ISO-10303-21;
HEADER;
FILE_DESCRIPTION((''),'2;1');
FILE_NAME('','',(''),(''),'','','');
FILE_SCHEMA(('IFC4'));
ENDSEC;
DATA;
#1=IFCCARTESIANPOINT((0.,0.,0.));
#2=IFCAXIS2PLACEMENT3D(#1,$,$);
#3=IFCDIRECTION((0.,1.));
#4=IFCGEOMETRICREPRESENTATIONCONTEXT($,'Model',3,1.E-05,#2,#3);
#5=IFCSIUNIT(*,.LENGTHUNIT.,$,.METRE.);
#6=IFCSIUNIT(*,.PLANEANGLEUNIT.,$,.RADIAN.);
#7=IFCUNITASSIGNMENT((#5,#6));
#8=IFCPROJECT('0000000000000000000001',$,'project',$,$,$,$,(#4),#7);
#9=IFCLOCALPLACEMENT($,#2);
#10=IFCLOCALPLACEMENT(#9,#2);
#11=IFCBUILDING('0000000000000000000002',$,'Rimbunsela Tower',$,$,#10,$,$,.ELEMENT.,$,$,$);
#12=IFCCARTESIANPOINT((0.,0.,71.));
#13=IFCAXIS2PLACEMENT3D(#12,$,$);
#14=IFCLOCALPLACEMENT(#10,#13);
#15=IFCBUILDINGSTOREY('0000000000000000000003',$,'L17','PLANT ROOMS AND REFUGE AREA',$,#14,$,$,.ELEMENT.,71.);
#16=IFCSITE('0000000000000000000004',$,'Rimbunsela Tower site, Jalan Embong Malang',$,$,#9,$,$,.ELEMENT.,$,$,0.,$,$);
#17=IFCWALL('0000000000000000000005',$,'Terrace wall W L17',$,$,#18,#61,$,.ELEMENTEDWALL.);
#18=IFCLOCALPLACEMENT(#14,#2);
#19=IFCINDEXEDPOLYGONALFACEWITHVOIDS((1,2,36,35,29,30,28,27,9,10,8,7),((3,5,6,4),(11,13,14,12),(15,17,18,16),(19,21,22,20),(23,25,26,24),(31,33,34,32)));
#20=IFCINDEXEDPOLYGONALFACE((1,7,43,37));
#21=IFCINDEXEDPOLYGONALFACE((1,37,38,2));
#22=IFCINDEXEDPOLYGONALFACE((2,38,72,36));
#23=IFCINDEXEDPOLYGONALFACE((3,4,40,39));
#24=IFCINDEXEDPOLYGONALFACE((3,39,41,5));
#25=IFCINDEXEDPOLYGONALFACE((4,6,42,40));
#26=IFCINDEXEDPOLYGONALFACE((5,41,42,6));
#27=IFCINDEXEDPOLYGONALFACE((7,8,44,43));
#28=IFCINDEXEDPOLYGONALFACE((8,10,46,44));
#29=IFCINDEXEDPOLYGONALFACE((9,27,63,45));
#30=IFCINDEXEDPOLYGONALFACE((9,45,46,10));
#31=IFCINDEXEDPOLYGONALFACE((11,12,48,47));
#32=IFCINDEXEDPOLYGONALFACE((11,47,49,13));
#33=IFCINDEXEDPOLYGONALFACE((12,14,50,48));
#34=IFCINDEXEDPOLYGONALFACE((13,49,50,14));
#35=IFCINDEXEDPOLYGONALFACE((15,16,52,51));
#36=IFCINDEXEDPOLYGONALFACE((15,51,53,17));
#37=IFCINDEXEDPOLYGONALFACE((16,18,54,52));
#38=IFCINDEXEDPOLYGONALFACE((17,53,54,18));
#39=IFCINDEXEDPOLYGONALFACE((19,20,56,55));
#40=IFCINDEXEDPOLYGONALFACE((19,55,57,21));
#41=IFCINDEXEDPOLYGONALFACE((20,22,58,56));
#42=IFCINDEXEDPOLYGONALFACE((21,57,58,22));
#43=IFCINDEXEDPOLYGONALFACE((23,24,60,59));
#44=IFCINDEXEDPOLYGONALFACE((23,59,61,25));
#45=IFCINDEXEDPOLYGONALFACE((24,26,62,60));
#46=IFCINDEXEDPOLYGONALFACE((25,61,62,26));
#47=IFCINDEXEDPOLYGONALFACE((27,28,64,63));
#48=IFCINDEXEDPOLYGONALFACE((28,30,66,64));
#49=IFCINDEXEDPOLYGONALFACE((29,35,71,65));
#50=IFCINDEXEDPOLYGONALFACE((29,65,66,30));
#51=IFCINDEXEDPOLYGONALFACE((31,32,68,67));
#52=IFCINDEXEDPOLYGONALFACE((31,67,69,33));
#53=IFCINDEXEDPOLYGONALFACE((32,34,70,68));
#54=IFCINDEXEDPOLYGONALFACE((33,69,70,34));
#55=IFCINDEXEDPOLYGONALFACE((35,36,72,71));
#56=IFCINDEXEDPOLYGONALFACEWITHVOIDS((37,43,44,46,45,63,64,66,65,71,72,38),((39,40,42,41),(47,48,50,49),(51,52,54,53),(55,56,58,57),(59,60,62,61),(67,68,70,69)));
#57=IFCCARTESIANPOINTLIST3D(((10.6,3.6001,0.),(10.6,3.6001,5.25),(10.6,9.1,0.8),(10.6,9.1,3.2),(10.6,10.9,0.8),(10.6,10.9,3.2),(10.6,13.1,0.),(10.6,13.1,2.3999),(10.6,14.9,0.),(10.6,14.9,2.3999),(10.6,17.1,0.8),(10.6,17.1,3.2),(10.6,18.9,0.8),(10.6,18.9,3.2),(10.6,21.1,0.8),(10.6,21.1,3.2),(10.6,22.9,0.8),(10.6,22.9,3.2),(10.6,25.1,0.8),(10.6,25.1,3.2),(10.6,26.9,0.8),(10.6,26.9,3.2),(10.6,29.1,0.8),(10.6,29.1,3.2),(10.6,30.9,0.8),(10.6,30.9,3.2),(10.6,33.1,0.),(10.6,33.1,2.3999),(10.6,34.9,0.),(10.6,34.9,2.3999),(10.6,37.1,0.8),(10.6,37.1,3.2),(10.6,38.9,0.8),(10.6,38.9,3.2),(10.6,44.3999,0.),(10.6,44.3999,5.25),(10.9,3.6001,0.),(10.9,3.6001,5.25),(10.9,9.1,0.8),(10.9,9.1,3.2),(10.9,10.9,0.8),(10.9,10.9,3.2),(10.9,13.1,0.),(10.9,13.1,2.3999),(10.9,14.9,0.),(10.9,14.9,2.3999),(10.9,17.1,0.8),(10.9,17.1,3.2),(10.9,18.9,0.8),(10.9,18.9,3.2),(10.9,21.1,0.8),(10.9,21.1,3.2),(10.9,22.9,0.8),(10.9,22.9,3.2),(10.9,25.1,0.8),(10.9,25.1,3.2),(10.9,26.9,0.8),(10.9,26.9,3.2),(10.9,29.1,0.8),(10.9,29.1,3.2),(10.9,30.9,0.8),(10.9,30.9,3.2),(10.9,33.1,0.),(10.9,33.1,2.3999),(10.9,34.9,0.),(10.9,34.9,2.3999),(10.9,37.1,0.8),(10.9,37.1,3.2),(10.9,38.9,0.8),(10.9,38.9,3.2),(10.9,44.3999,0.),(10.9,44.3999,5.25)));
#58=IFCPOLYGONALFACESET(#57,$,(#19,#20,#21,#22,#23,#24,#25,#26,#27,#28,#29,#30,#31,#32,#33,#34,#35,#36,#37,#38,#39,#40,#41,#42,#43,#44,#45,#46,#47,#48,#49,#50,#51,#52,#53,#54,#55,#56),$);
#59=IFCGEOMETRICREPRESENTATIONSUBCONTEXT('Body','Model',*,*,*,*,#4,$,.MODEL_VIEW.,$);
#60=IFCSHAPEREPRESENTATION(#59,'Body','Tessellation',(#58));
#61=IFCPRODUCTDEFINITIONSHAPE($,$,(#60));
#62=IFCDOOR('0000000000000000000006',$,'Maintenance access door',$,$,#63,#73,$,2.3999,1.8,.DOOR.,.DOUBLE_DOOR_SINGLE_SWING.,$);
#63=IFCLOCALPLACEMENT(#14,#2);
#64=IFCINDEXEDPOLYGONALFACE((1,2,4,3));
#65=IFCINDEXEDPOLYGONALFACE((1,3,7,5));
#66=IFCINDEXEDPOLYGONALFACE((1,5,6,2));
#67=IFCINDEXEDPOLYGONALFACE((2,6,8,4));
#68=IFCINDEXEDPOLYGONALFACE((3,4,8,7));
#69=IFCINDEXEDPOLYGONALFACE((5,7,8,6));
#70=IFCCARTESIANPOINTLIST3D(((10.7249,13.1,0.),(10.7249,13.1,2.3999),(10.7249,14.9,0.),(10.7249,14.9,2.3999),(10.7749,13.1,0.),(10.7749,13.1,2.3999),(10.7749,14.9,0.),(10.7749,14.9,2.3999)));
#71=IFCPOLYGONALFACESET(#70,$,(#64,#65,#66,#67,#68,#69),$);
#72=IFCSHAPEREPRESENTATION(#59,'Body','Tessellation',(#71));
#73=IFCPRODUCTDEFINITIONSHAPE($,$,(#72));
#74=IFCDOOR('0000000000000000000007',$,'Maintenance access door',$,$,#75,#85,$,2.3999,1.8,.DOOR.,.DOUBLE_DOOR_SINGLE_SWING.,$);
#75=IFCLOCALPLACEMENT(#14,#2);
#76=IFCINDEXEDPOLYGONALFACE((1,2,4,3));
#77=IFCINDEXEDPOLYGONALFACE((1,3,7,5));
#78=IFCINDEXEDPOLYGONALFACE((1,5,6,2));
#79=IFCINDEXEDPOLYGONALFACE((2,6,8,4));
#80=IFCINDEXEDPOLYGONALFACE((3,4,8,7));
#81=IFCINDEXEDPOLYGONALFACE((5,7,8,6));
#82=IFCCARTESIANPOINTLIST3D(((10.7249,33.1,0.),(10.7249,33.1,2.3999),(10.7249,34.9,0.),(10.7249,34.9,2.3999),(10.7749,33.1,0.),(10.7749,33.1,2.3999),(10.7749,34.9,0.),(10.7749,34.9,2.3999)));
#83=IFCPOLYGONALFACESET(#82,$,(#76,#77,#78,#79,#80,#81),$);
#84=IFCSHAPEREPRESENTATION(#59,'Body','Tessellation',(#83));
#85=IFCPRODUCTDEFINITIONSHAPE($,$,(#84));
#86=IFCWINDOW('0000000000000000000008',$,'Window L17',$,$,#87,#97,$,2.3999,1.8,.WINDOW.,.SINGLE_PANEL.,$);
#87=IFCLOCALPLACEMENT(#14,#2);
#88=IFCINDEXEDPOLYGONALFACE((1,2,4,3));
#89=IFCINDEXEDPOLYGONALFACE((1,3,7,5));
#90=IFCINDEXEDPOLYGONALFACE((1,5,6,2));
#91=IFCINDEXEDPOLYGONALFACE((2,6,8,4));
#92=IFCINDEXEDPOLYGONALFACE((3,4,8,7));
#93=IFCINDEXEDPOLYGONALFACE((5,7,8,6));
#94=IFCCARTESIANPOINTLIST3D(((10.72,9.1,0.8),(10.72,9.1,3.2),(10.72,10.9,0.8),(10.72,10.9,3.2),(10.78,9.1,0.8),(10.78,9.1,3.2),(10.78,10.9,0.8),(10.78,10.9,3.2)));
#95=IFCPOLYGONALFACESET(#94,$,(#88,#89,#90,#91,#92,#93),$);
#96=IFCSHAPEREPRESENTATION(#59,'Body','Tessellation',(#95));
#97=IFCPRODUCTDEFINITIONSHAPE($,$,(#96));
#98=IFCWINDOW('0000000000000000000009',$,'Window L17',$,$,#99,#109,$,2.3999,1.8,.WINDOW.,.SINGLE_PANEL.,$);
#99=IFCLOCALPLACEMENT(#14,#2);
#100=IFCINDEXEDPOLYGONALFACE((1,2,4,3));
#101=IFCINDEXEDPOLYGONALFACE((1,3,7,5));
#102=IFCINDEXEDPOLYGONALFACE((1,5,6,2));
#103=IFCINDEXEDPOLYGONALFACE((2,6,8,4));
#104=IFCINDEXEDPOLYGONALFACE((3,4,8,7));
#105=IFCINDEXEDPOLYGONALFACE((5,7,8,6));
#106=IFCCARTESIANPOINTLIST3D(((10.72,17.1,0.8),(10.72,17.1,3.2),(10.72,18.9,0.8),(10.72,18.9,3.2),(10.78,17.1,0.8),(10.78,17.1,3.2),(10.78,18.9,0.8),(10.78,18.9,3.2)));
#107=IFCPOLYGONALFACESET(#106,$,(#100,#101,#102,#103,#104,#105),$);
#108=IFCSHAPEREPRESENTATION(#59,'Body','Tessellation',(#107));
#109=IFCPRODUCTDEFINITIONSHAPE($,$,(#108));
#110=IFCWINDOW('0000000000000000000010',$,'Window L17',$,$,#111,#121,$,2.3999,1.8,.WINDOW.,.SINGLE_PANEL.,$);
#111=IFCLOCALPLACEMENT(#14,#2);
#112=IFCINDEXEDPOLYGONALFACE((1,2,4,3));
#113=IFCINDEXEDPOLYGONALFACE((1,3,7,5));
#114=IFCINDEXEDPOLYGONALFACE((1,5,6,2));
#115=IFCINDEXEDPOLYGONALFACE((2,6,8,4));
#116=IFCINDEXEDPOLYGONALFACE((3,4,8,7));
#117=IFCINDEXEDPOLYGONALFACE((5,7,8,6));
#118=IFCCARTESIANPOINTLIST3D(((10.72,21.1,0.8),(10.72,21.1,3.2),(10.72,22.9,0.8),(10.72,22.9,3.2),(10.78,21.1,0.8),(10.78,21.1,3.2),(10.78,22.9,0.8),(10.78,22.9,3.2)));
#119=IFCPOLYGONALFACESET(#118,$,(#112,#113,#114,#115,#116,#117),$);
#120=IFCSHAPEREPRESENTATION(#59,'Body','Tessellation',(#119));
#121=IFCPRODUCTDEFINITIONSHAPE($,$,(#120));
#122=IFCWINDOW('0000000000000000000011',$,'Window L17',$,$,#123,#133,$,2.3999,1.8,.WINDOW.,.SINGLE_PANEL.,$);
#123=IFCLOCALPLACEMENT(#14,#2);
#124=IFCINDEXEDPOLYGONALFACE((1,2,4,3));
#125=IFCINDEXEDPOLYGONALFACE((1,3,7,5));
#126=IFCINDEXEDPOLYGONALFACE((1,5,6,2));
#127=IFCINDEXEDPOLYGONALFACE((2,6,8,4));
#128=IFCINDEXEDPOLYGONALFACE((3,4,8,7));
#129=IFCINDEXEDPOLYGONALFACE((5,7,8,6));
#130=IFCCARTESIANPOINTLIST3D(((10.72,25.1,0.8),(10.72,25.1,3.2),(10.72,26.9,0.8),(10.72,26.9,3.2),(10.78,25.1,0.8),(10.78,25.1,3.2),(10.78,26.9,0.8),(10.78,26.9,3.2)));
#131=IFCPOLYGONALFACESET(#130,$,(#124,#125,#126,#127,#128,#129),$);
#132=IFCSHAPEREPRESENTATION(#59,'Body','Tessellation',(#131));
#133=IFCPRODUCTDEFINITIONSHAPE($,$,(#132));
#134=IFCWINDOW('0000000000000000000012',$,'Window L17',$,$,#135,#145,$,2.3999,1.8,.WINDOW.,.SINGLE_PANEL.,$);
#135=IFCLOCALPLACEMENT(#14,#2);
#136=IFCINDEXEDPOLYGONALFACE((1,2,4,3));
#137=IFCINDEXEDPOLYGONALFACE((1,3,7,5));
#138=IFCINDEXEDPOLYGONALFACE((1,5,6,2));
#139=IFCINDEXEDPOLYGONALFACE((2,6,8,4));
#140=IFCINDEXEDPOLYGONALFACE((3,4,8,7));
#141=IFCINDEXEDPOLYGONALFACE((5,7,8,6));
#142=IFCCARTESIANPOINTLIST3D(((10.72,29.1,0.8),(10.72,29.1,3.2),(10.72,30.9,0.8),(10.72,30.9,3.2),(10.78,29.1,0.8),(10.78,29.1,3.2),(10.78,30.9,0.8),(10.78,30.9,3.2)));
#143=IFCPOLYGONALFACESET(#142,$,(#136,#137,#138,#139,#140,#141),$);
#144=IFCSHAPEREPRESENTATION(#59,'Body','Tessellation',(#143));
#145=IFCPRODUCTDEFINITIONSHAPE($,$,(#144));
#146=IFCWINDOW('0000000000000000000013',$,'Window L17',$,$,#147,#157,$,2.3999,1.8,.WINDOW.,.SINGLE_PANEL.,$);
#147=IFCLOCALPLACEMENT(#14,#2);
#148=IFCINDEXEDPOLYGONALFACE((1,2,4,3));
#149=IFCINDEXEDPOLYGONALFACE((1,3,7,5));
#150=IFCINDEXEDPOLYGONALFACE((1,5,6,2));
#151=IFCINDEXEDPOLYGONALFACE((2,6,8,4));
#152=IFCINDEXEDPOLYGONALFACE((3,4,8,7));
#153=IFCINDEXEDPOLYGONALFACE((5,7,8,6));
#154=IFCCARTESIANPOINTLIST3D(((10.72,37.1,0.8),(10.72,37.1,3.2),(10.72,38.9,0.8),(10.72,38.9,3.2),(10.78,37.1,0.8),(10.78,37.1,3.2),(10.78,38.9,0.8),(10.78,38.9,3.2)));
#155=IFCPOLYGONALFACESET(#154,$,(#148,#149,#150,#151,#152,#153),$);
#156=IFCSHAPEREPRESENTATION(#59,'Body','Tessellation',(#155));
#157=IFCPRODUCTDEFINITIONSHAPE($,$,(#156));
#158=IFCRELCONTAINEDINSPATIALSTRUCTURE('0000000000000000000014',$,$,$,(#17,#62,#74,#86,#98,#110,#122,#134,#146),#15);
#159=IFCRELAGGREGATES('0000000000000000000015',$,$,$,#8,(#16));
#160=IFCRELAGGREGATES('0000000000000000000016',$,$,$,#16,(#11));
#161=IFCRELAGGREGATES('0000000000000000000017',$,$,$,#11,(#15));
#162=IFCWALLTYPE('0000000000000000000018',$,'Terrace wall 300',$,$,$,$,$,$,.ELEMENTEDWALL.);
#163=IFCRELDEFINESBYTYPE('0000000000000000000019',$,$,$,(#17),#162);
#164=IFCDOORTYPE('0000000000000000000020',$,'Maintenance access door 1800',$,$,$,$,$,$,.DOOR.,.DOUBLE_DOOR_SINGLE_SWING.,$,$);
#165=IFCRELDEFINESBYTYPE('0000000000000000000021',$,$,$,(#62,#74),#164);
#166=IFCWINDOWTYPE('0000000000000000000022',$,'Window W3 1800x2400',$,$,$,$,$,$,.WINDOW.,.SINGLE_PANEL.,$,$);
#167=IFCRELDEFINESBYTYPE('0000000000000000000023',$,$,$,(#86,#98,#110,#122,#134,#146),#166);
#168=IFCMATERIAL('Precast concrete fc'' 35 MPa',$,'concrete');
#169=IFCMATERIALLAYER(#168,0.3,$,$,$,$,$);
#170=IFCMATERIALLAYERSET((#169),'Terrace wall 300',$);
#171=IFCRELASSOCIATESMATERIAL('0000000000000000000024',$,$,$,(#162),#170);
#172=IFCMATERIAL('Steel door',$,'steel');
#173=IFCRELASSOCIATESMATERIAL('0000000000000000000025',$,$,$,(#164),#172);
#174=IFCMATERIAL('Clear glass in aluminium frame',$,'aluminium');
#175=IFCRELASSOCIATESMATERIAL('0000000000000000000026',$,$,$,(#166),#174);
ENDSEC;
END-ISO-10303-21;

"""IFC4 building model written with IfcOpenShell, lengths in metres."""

from ifc_helpers import new_model, si_unit, direction, frame, frame_2d, origin, place, context, subcontext, project, spatial, rectangle, extrude, material, layer, layer_set, type_object, element, fill, save


model = new_model("IFC4")

# Units and contexts
model_context = context("Model", 3, precision=1e-05, world=origin(), true_north=direction((0.0, 1.0)))
body_context = subcontext(model_context, "Body", "Model", "MODEL_VIEW")
ifc_project = project(units=[si_unit("LENGTHUNIT", "METRE"), si_unit("PLANEANGLEUNIT", "RADIAN")], contexts=[model_context])

# Site, building, storey
site_placement = place(None, origin())
site = spatial("IfcSite", under=ifc_project, at=site_placement, Name="Rimbunsela Tower site, Jalan Embong Malang", CompositionType="ELEMENT", RefElevation=0.0)
building_placement = place(site_placement, origin())
building = spatial("IfcBuilding", under=site, at=building_placement, Name="Rimbunsela Tower", CompositionType="ELEMENT")
storey_placement = place(building_placement, frame((0.0, 0.0, 71.0)))
storey = spatial("IfcBuildingStorey", under=building, at=storey_placement, Name="L17", Description="PLANT ROOMS AND REFUGE AREA", CompositionType="ELEMENT", Elevation=71.0)

# Wall, openings, doors, windows
ifc_material_1 = material(Name="Precast concrete fc' 35 MPa", Category="concrete")
ifc_layer_1 = layer(ifc_material_1, 0.3)
ifc_layer_set_1 = layer_set([ifc_layer_1], Name="Terrace wall 300")
wall_type = type_object("IfcWallType", Name="Terrace wall 300", PredefinedType="ELEMENTEDWALL", material=ifc_layer_set_1)
wall_placement = place(storey_placement, frame((10.75, 44.3999, 0.0), z_axis=(0.0, 0.0, 1.0), x_axis=(0.0, -1.0, 0.0)))
wall = element("IfcWall", 1, at=wall_placement, inside=storey, type_object=wall_type, Name="Terrace wall W L17", PredefinedType="ELEMENTEDWALL", context=body_context, shape_type="SweptSolid", body=[
    extrude(rectangle(XDim=40.7998, YDim=0.3, at=frame_2d((20.3999, 0.0))), origin(), (0.0, 0.0, 1.0), 5.25),
])
opening_1_placement = place(wall_placement, frame((33.5, 0.0, 0.8)))
opening_1 = element("IfcOpeningElement", 2, at=opening_1_placement, cuts=wall, PredefinedType="OPENING", context=body_context, shape_type="SweptSolid", body=[
    extrude(rectangle(XDim=1.8, YDim=2.3999, at=frame_2d((0.8999, 1.2))), frame((0.0, 0.1599, 0.0), z_axis=(0.0, -1.0, 0.0), x_axis=(1.0, 0.0, 0.0)), (0.0, 0.0, 1.0), 0.3201),
])
opening_2_placement = place(wall_placement, frame((29.5, 0.0, 0.0)))
opening_2 = element("IfcOpeningElement", 3, at=opening_2_placement, cuts=wall, PredefinedType="OPENING", context=body_context, shape_type="SweptSolid", body=[
    extrude(rectangle(XDim=1.8, YDim=2.3999, at=frame_2d((0.8999, 1.2))), frame((0.0, 0.1599, 0.0), z_axis=(0.0, -1.0, 0.0), x_axis=(1.0, 0.0, 0.0)), (0.0, 0.0, 1.0), 0.3201),
])
opening_3_placement = place(wall_placement, frame((25.5, 0.0, 0.8)))
opening_3 = element("IfcOpeningElement", 4, at=opening_3_placement, cuts=wall, PredefinedType="OPENING", context=body_context, shape_type="SweptSolid", body=[
    extrude(rectangle(XDim=1.8, YDim=2.3999, at=frame_2d((0.8999, 1.2))), frame((0.0, 0.1599, 0.0), z_axis=(0.0, -1.0, 0.0), x_axis=(1.0, 0.0, 0.0)), (0.0, 0.0, 1.0), 0.3201),
])
opening_4_placement = place(wall_placement, frame((21.5, 0.0, 0.8)))
opening_4 = element("IfcOpeningElement", 5, at=opening_4_placement, cuts=wall, PredefinedType="OPENING", context=body_context, shape_type="SweptSolid", body=[
    extrude(rectangle(XDim=1.8, YDim=2.3999, at=frame_2d((0.8999, 1.2))), frame((0.0, 0.1599, 0.0), z_axis=(0.0, -1.0, 0.0), x_axis=(1.0, 0.0, 0.0)), (0.0, 0.0, 1.0), 0.3201),
])
opening_5_placement = place(wall_placement, frame((17.5, 0.0, 0.8)))
opening_5 = element("IfcOpeningElement", 6, at=opening_5_placement, cuts=wall, PredefinedType="OPENING", context=body_context, shape_type="SweptSolid", body=[
    extrude(rectangle(XDim=1.8, YDim=2.3999, at=frame_2d((0.8999, 1.2))), frame((0.0, 0.1599, 0.0), z_axis=(0.0, -1.0, 0.0), x_axis=(1.0, 0.0, 0.0)), (0.0, 0.0, 1.0), 0.3201),
])
opening_6_placement = place(wall_placement, frame((13.5, 0.0, 0.8)))
opening_6 = element("IfcOpeningElement", 7, at=opening_6_placement, cuts=wall, PredefinedType="OPENING", context=body_context, shape_type="SweptSolid", body=[
    extrude(rectangle(XDim=1.8, YDim=2.3999, at=frame_2d((0.8999, 1.2))), frame((0.0, 0.1599, 0.0), z_axis=(0.0, -1.0, 0.0), x_axis=(1.0, 0.0, 0.0)), (0.0, 0.0, 1.0), 0.3201),
])
opening_7_placement = place(wall_placement, frame((9.5, 0.0, 0.0)))
opening_7 = element("IfcOpeningElement", 8, at=opening_7_placement, cuts=wall, PredefinedType="OPENING", context=body_context, shape_type="SweptSolid", body=[
    extrude(rectangle(XDim=1.8, YDim=2.3999, at=frame_2d((0.8999, 1.2))), frame((0.0, 0.1599, 0.0), z_axis=(0.0, -1.0, 0.0), x_axis=(1.0, 0.0, 0.0)), (0.0, 0.0, 1.0), 0.3201),
])
opening_8_placement = place(wall_placement, frame((5.5, 0.0, 0.8)))
opening_8 = element("IfcOpeningElement", 9, at=opening_8_placement, cuts=wall, PredefinedType="OPENING", context=body_context, shape_type="SweptSolid", body=[
    extrude(rectangle(XDim=1.8, YDim=2.3999, at=frame_2d((0.8999, 1.2))), frame((0.0, 0.1599, 0.0), z_axis=(0.0, -1.0, 0.0), x_axis=(1.0, 0.0, 0.0)), (0.0, 0.0, 1.0), 0.3201),
])
ifc_material_2 = material(Name="Steel door", Category="steel")
door_type = type_object("IfcDoorType", Name="Maintenance access door 1800", OperationType="DOUBLE_DOOR_SINGLE_SWING", PredefinedType="DOOR", material=ifc_material_2)
door_1_placement = place(opening_2_placement, origin())
door_1 = element("IfcDoor", 10, at=door_1_placement, inside=storey, type_object=door_type, Name="Maintenance access door", OperationType="DOUBLE_DOOR_SINGLE_SWING", OverallHeight=2.3999, OverallWidth=1.8, PredefinedType="DOOR", context=body_context, shape_type="SweptSolid", body=[
    extrude(rectangle(XDim=1.8, YDim=2.3999, at=frame_2d((0.8999, 1.2))), frame((0.0, 0.0249, 0.0), z_axis=(0.0, -1.0, 0.0), x_axis=(1.0, 0.0, 0.0)), (0.0, 0.0, 1.0), 0.05),
])
fill(opening_2, door_1)
door_2_placement = place(opening_7_placement, origin())
door_2 = element("IfcDoor", 11, at=door_2_placement, inside=storey, type_object=door_type, Name="Maintenance access door", OperationType="DOUBLE_DOOR_SINGLE_SWING", OverallHeight=2.3999, OverallWidth=1.8, PredefinedType="DOOR", context=body_context, shape_type="SweptSolid", body=[
    extrude(rectangle(XDim=1.8, YDim=2.3999, at=frame_2d((0.8999, 1.2))), frame((0.0, 0.0249, 0.0), z_axis=(0.0, -1.0, 0.0), x_axis=(1.0, 0.0, 0.0)), (0.0, 0.0, 1.0), 0.05),
])
fill(opening_7, door_2)
ifc_material_3 = material(Name="Clear glass in aluminium frame", Category="aluminium")
window_type = type_object("IfcWindowType", Name="Window W3 1800x2400", PartitioningType="SINGLE_PANEL", PredefinedType="WINDOW", material=ifc_material_3)
window_1_placement = place(opening_1_placement, origin())
window_1 = element("IfcWindow", 12, at=window_1_placement, inside=storey, type_object=window_type, Name="Window L17", OverallHeight=2.3999, OverallWidth=1.8, PartitioningType="SINGLE_PANEL", PredefinedType="WINDOW", context=body_context, shape_type="SweptSolid", body=[
    extrude(rectangle(XDim=1.8, YDim=2.3999, at=frame_2d((0.8999, 1.2))), frame((0.0, 0.03, 0.0), z_axis=(0.0, -1.0, 0.0), x_axis=(1.0, 0.0, 0.0)), (0.0, 0.0, 1.0), 0.0601),
])
fill(opening_1, window_1)
window_2_placement = place(opening_3_placement, origin())
window_2 = element("IfcWindow", 13, at=window_2_placement, inside=storey, type_object=window_type, Name="Window L17", OverallHeight=2.3999, OverallWidth=1.8, PartitioningType="SINGLE_PANEL", PredefinedType="WINDOW", context=body_context, shape_type="SweptSolid", body=[
    extrude(rectangle(XDim=1.8, YDim=2.3999, at=frame_2d((0.8999, 1.2))), frame((0.0, 0.03, 0.0), z_axis=(0.0, -1.0, 0.0), x_axis=(1.0, 0.0, 0.0)), (0.0, 0.0, 1.0), 0.0601),
])
fill(opening_3, window_2)
window_3_placement = place(opening_4_placement, origin())
window_3 = element("IfcWindow", 14, at=window_3_placement, inside=storey, type_object=window_type, Name="Window L17", OverallHeight=2.3999, OverallWidth=1.8, PartitioningType="SINGLE_PANEL", PredefinedType="WINDOW", context=body_context, shape_type="SweptSolid", body=[
    extrude(rectangle(XDim=1.8, YDim=2.3999, at=frame_2d((0.8999, 1.2))), frame((0.0, 0.03, 0.0), z_axis=(0.0, -1.0, 0.0), x_axis=(1.0, 0.0, 0.0)), (0.0, 0.0, 1.0), 0.0601),
])
fill(opening_4, window_3)
window_4_placement = place(opening_5_placement, origin())
window_4 = element("IfcWindow", 15, at=window_4_placement, inside=storey, type_object=window_type, Name="Window L17", OverallHeight=2.3999, OverallWidth=1.8, PartitioningType="SINGLE_PANEL", PredefinedType="WINDOW", context=body_context, shape_type="SweptSolid", body=[
    extrude(rectangle(XDim=1.8, YDim=2.3999, at=frame_2d((0.8999, 1.2))), frame((0.0, 0.03, 0.0), z_axis=(0.0, -1.0, 0.0), x_axis=(1.0, 0.0, 0.0)), (0.0, 0.0, 1.0), 0.0601),
])
fill(opening_5, window_4)
window_5_placement = place(opening_6_placement, origin())
window_5 = element("IfcWindow", 16, at=window_5_placement, inside=storey, type_object=window_type, Name="Window L17", OverallHeight=2.3999, OverallWidth=1.8, PartitioningType="SINGLE_PANEL", PredefinedType="WINDOW", context=body_context, shape_type="SweptSolid", body=[
    extrude(rectangle(XDim=1.8, YDim=2.3999, at=frame_2d((0.8999, 1.2))), frame((0.0, 0.03, 0.0), z_axis=(0.0, -1.0, 0.0), x_axis=(1.0, 0.0, 0.0)), (0.0, 0.0, 1.0), 0.0601),
])
fill(opening_6, window_5)
window_6_placement = place(opening_8_placement, origin())
window_6 = element("IfcWindow", 17, at=window_6_placement, inside=storey, type_object=window_type, Name="Window L17", OverallHeight=2.3999, OverallWidth=1.8, PartitioningType="SINGLE_PANEL", PredefinedType="WINDOW", context=body_context, shape_type="SweptSolid", body=[
    extrude(rectangle(XDim=1.8, YDim=2.3999, at=frame_2d((0.8999, 1.2))), frame((0.0, 0.03, 0.0), z_axis=(0.0, -1.0, 0.0), x_axis=(1.0, 0.0, 0.0)), (0.0, 0.0, 1.0), 0.0601),
])
fill(opening_8, window_6)

save(model, "model.ifc")
